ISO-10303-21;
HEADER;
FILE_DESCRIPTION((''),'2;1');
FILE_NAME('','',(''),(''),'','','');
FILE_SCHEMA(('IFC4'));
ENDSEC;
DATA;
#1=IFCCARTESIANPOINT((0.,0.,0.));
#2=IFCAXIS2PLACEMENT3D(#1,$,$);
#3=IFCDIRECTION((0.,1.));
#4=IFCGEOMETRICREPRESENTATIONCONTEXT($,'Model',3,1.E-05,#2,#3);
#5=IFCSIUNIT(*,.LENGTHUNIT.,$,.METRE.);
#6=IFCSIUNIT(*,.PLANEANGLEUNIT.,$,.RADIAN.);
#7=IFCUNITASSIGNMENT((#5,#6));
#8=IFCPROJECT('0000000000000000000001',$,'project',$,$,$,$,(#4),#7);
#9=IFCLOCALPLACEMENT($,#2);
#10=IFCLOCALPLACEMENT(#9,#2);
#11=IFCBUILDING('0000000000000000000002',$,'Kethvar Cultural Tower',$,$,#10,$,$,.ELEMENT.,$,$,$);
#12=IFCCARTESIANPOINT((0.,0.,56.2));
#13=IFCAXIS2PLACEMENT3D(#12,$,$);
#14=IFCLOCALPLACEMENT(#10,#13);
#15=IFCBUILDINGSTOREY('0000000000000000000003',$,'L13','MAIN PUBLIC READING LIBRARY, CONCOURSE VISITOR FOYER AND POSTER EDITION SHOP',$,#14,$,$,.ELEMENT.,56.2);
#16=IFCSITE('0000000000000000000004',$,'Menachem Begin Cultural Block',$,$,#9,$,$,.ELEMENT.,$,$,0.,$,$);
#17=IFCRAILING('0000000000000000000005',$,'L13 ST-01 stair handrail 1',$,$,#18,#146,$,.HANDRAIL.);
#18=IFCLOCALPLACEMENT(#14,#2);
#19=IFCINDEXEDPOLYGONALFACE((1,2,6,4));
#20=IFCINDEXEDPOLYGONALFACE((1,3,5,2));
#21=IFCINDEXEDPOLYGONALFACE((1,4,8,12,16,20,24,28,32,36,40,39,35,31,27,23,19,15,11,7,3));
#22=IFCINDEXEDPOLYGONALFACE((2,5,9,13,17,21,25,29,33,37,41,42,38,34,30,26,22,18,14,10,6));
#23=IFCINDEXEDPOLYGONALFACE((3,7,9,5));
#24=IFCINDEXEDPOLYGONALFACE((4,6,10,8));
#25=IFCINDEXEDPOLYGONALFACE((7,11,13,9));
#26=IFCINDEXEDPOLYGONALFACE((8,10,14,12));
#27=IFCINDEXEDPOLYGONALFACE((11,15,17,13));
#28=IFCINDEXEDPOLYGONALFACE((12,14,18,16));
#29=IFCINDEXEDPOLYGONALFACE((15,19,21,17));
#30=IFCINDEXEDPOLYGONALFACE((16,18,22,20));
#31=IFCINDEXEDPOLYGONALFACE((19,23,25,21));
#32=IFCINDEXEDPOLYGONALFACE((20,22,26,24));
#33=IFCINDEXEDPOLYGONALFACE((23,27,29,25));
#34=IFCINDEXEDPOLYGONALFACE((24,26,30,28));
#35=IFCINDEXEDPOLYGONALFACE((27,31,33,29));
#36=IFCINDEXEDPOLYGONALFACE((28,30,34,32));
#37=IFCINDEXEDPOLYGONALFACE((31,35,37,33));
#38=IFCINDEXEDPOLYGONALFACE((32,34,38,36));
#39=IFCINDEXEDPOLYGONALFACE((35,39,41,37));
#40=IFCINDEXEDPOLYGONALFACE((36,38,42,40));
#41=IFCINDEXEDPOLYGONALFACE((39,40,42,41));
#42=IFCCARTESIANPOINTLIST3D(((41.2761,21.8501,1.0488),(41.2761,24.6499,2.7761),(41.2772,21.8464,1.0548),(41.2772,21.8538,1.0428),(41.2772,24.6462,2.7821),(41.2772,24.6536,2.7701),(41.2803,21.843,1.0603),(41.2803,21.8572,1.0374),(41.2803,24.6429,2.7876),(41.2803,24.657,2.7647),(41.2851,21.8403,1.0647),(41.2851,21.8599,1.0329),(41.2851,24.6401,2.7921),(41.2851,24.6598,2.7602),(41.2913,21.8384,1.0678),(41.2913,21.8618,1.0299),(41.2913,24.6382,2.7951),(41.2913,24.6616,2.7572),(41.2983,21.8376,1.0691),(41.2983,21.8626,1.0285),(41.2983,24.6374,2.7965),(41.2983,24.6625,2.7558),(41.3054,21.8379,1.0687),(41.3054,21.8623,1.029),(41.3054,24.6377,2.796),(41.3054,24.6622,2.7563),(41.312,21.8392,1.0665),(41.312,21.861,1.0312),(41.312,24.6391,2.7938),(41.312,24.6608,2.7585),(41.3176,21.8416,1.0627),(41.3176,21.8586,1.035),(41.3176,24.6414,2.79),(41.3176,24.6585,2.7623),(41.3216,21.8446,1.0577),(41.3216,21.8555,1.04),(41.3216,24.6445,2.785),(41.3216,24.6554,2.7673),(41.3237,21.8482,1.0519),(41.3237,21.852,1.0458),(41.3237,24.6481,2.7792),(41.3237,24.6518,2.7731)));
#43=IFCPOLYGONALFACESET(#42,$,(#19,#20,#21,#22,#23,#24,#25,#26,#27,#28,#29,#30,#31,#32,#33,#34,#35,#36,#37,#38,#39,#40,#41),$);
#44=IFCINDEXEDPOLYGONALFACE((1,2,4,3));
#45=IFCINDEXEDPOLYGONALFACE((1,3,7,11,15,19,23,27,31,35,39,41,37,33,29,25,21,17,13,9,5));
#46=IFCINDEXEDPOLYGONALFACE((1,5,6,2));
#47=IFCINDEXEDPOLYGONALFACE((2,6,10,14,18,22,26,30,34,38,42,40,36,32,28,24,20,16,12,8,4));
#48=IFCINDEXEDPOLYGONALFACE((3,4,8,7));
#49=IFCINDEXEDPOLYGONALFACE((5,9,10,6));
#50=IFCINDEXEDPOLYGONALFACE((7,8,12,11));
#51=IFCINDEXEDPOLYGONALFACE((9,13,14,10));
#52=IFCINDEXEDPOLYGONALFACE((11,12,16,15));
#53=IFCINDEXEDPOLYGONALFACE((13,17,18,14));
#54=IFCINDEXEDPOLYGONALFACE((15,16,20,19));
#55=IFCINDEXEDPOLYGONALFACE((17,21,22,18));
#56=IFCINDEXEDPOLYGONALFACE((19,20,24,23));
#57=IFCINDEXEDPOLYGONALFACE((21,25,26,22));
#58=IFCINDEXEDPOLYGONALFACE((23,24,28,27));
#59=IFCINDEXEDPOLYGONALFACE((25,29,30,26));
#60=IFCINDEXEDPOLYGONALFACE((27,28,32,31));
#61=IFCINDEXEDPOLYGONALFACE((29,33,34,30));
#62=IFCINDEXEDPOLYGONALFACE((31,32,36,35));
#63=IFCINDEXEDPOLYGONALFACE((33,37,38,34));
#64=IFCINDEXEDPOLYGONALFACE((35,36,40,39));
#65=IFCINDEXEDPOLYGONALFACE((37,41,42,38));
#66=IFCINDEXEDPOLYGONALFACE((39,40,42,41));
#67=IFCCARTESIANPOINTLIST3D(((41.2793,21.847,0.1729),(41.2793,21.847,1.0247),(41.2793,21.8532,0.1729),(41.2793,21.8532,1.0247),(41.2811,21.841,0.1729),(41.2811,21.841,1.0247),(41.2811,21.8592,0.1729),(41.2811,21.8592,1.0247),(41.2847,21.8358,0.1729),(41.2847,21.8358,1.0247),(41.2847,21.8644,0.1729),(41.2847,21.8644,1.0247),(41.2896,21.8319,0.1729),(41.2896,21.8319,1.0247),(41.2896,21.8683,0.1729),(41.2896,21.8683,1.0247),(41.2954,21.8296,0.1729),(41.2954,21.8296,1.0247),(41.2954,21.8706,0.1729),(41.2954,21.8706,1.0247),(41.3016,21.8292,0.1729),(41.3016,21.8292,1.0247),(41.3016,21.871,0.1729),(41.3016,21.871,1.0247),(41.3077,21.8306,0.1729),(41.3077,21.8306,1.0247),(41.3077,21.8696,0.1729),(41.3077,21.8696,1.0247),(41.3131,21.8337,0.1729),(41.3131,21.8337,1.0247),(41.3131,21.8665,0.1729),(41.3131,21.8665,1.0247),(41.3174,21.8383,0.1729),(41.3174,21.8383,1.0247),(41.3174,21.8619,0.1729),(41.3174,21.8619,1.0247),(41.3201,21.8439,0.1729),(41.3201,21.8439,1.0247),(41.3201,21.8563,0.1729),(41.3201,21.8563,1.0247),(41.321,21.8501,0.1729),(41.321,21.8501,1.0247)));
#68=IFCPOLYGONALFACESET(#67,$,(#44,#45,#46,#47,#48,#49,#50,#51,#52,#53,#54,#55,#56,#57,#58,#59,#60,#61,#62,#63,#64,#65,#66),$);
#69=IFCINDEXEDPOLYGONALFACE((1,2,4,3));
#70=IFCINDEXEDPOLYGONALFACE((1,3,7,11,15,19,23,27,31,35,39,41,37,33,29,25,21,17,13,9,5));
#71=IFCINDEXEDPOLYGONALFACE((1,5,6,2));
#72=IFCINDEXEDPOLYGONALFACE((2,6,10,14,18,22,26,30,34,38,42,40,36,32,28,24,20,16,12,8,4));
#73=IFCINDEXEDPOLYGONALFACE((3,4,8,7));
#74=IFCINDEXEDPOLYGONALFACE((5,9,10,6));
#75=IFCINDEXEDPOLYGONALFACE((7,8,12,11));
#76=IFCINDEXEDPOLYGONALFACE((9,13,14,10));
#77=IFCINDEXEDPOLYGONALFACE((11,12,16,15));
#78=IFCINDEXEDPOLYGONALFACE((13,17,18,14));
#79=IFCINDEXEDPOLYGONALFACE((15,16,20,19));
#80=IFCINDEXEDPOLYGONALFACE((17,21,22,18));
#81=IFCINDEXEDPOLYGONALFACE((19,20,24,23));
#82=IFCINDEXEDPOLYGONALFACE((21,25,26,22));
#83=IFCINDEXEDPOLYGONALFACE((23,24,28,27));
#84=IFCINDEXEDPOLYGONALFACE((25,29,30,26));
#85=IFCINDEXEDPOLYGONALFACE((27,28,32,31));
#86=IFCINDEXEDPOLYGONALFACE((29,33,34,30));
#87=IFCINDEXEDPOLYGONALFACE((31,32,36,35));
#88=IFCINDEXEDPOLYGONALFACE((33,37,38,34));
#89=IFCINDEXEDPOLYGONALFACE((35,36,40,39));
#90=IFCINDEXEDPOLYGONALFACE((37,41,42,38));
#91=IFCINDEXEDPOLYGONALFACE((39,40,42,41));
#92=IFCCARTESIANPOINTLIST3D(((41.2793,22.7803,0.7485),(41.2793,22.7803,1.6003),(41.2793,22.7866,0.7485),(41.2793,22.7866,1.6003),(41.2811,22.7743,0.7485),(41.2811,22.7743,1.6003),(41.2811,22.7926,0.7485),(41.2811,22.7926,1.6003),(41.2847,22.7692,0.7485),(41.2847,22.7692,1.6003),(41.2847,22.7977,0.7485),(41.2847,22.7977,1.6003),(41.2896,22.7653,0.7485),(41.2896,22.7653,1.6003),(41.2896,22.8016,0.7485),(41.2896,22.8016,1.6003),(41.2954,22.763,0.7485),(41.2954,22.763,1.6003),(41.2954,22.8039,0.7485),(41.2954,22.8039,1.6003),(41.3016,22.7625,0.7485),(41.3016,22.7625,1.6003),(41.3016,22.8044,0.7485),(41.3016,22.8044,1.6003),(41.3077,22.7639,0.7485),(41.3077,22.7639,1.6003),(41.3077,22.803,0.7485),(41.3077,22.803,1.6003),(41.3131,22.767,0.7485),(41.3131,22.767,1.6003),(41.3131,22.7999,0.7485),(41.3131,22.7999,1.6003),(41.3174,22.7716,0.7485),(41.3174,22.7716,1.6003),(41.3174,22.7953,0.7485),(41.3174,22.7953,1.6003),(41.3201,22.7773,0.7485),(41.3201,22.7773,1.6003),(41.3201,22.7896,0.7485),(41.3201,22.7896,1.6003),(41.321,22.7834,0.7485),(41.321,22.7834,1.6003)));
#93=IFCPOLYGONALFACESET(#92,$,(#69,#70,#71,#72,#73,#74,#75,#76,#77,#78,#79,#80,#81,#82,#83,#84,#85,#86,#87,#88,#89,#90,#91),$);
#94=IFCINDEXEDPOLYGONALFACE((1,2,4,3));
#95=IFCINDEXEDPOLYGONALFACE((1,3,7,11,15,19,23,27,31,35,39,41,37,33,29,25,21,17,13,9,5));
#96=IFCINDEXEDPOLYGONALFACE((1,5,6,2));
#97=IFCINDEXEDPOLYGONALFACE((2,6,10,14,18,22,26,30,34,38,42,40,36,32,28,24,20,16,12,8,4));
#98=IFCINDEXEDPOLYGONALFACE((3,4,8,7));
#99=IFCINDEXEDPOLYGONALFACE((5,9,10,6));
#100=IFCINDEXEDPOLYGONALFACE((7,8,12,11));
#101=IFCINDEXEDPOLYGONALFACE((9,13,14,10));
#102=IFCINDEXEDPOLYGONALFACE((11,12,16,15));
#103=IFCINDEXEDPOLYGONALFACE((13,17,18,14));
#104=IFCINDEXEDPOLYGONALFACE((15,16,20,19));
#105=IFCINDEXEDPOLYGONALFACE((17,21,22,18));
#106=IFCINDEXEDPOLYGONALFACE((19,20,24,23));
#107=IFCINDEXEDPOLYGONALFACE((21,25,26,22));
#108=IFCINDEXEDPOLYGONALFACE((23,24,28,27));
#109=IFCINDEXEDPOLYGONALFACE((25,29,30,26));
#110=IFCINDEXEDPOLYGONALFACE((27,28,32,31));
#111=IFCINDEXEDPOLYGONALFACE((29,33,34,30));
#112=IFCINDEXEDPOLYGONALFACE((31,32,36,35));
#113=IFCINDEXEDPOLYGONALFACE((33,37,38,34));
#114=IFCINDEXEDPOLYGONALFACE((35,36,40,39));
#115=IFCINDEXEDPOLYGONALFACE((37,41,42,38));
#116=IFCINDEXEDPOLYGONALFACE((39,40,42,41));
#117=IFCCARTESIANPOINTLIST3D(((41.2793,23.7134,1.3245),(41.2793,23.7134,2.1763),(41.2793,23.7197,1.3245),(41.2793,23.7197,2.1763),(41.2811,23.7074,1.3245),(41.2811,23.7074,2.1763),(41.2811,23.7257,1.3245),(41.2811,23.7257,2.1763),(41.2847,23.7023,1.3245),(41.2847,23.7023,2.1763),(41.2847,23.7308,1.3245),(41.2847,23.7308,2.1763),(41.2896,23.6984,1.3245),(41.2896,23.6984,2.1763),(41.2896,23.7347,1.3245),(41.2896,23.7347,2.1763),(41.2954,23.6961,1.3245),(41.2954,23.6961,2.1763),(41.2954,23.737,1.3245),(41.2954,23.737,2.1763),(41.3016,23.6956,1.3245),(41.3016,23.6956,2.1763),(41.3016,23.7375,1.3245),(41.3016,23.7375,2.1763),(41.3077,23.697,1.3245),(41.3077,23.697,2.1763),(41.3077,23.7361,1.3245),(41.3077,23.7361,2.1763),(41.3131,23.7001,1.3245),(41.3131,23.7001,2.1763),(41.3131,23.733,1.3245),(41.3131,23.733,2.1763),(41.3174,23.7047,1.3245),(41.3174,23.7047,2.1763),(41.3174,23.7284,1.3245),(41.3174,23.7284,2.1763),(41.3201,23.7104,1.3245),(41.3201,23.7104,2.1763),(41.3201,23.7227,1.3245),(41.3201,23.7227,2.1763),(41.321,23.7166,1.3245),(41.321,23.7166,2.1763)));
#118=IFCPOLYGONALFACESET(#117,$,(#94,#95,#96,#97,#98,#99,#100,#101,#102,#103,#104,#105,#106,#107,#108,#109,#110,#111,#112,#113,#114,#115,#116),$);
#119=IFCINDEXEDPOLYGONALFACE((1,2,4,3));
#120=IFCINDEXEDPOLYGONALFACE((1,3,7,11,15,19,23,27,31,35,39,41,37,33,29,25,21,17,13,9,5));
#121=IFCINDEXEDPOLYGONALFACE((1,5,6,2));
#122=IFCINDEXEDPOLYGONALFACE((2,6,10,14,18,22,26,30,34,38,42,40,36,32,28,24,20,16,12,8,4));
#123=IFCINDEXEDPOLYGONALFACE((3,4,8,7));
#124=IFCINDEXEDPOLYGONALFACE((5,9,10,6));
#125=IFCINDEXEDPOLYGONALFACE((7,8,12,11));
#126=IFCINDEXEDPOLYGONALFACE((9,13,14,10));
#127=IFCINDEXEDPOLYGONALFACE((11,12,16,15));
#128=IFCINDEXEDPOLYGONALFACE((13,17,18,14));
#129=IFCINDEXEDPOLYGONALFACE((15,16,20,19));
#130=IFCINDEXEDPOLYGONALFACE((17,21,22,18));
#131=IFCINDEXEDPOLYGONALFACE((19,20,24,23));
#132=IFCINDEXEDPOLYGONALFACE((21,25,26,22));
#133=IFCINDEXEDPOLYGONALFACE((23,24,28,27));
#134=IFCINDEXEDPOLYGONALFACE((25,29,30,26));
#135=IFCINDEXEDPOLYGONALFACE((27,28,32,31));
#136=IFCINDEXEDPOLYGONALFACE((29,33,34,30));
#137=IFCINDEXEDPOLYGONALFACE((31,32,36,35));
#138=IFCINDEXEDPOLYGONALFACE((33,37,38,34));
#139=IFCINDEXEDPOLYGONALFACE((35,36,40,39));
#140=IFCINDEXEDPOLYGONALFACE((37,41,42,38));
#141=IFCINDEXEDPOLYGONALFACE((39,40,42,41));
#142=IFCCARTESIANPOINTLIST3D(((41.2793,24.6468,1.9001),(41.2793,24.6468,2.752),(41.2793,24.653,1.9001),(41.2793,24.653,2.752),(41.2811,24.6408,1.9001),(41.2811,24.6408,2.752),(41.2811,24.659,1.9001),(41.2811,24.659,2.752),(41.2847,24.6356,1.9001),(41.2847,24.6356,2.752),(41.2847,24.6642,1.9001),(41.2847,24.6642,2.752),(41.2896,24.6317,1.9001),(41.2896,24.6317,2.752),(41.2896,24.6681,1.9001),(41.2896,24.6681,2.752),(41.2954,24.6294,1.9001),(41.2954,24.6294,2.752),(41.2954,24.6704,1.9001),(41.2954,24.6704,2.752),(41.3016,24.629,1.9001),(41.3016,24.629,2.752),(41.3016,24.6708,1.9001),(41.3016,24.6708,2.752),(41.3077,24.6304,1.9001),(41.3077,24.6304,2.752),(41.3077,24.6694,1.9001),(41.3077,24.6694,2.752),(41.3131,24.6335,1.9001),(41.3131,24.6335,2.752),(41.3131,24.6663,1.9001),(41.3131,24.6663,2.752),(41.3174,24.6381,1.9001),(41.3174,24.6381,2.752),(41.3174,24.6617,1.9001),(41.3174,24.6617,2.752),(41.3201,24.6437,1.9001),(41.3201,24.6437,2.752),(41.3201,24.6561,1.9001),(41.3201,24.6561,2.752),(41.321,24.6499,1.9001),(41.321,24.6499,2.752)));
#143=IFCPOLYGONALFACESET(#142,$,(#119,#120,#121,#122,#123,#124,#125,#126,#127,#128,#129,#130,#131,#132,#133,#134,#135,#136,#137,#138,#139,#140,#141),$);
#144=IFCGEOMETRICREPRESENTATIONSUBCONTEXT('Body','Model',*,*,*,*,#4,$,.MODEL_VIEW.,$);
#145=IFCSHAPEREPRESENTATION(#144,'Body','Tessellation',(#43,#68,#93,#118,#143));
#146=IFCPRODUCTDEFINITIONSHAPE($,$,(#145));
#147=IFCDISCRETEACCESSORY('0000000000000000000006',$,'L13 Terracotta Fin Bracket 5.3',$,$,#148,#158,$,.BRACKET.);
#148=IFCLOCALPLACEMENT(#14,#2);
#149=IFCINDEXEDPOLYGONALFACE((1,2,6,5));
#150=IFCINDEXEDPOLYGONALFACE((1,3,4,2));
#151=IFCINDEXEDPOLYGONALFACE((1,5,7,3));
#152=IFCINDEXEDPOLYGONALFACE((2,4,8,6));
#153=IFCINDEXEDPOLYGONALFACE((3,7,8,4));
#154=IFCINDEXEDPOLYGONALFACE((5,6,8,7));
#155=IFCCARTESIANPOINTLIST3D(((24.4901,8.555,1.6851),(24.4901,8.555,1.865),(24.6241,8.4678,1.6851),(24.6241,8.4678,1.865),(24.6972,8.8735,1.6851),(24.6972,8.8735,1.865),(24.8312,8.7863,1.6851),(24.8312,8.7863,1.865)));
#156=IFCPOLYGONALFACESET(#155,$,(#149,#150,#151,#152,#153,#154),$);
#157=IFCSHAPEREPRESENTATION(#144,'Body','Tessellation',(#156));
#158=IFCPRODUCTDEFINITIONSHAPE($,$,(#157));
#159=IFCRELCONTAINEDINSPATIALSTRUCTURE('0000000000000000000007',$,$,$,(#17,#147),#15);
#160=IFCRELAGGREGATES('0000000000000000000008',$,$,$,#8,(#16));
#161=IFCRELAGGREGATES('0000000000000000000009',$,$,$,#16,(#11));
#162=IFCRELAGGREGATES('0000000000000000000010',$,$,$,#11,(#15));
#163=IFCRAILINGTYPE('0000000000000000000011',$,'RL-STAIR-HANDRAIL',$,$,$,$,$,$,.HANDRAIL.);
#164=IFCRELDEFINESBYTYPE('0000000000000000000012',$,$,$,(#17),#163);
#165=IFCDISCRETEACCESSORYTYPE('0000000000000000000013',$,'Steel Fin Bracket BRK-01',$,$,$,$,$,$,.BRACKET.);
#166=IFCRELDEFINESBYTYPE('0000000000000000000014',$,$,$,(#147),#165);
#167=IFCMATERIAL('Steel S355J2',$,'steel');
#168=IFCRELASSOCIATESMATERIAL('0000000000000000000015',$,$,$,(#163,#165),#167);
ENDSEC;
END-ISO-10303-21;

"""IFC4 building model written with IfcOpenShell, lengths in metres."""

from ifc_helpers import new_model, si_unit, direction, frame, origin, origin_2d, place, context, subcontext, project, spatial, rectangle, circle, extrude, source, transform, mapped, material, type_object, element, save


model = new_model("IFC4")

# Units and contexts
model_context = context("Model", 3, precision=1e-05, world=origin(), true_north=direction((0.0, 1.0)))
body_context = subcontext(model_context, "Body", "Model", "MODEL_VIEW")
ifc_project = project(units=[si_unit("LENGTHUNIT", "METRE"), si_unit("PLANEANGLEUNIT", "RADIAN")], contexts=[model_context])

# Site, building, storey
site_placement = place(None, origin())
site = spatial("IfcSite", under=ifc_project, at=site_placement, Name="Menachem Begin Cultural Block", CompositionType="ELEMENT", RefElevation=0.0)
building_placement = place(site_placement, origin())
building = spatial("IfcBuilding", under=site, at=building_placement, Name="Kethvar Cultural Tower", CompositionType="ELEMENT")
storey_placement = place(building_placement, frame((0.0, 0.0, 56.2)))
storey = spatial("IfcBuildingStorey", under=building, at=storey_placement, Name="L13", Description="MAIN PUBLIC READING LIBRARY, CONCOURSE VISITOR FOYER AND POSTER EDITION SHOP", CompositionType="ELEMENT", Elevation=56.2)

# Shared definitions
ifc_material_1 = material(Name="Steel S355J2", Category="steel")

# Railing
railing_type_1 = type_object("IfcRailingType", Name="RL-STAIR-HANDRAIL", PredefinedType="HANDRAIL", material=ifc_material_1)
railing_1_placement = place(storey_placement, frame((41.3, 21.8501, 0.1729)))
element("IfcRailing", 1, at=railing_1_placement, inside=storey, type_object=railing_type_1, Name="L13 ST-01 stair handrail 1", PredefinedType="HANDRAIL", context=body_context, shape_type="SweptSolid", body=[
    extrude(circle(Radius=0.0239, at=origin_2d()), frame((0.0, 0.0, 0.876), z_axis=(0.0, 0.851069, 0.525054), x_axis=(-1.0, 0.0, 0.0)), (0.0, 0.0, 1.0), 3.2898),
    extrude(circle(Radius=0.021, at=origin_2d()), origin(), (0.0, 0.0, 1.0), 0.8518),
    extrude(circle(Radius=0.021, at=origin_2d()), frame((0.0, 0.9333, 0.5757)), (0.0, 0.0, 1.0), 0.8518),
    extrude(circle(Radius=0.021, at=origin_2d()), frame((0.0, 1.8665, 1.1516)), (0.0, 0.0, 1.0), 0.8518),
    extrude(circle(Radius=0.021, at=origin_2d()), frame((0.0, 2.7998, 1.7273)), (0.0, 0.0, 1.0), 0.8518),
])

# Discrete accessory
discrete_accessory_type = type_object("IfcDiscreteAccessoryType", Name="Steel Fin Bracket BRK-01", PredefinedType="BRACKET", material=ifc_material_1)
shared_shape_1 = source(origin(), body_context, "Body", "SweptSolid", [
    extrude(rectangle(XDim=0.3799, YDim=0.1599, at=origin_2d()), origin(), (0.0, 0.0, 1.0), 0.1799),
])
discrete_accessory_placement = place(storey_placement, frame((24.6606, 8.6707, 1.6851), z_axis=(0.0, 0.0, 1.0), x_axis=(-0.545224, -0.83829, 0.0)))
element("IfcDiscreteAccessory", 2, at=discrete_accessory_placement, inside=storey, type_object=discrete_accessory_type, Name="L13 Terracotta Fin Bracket 5.3", PredefinedType="BRACKET", context=body_context, shape_type="MappedRepresentation", body=[
    mapped(shared_shape_1, transform((0.0, 0.0, 0.0), scale=1.0)),
])

save(model, "model.ifc")
